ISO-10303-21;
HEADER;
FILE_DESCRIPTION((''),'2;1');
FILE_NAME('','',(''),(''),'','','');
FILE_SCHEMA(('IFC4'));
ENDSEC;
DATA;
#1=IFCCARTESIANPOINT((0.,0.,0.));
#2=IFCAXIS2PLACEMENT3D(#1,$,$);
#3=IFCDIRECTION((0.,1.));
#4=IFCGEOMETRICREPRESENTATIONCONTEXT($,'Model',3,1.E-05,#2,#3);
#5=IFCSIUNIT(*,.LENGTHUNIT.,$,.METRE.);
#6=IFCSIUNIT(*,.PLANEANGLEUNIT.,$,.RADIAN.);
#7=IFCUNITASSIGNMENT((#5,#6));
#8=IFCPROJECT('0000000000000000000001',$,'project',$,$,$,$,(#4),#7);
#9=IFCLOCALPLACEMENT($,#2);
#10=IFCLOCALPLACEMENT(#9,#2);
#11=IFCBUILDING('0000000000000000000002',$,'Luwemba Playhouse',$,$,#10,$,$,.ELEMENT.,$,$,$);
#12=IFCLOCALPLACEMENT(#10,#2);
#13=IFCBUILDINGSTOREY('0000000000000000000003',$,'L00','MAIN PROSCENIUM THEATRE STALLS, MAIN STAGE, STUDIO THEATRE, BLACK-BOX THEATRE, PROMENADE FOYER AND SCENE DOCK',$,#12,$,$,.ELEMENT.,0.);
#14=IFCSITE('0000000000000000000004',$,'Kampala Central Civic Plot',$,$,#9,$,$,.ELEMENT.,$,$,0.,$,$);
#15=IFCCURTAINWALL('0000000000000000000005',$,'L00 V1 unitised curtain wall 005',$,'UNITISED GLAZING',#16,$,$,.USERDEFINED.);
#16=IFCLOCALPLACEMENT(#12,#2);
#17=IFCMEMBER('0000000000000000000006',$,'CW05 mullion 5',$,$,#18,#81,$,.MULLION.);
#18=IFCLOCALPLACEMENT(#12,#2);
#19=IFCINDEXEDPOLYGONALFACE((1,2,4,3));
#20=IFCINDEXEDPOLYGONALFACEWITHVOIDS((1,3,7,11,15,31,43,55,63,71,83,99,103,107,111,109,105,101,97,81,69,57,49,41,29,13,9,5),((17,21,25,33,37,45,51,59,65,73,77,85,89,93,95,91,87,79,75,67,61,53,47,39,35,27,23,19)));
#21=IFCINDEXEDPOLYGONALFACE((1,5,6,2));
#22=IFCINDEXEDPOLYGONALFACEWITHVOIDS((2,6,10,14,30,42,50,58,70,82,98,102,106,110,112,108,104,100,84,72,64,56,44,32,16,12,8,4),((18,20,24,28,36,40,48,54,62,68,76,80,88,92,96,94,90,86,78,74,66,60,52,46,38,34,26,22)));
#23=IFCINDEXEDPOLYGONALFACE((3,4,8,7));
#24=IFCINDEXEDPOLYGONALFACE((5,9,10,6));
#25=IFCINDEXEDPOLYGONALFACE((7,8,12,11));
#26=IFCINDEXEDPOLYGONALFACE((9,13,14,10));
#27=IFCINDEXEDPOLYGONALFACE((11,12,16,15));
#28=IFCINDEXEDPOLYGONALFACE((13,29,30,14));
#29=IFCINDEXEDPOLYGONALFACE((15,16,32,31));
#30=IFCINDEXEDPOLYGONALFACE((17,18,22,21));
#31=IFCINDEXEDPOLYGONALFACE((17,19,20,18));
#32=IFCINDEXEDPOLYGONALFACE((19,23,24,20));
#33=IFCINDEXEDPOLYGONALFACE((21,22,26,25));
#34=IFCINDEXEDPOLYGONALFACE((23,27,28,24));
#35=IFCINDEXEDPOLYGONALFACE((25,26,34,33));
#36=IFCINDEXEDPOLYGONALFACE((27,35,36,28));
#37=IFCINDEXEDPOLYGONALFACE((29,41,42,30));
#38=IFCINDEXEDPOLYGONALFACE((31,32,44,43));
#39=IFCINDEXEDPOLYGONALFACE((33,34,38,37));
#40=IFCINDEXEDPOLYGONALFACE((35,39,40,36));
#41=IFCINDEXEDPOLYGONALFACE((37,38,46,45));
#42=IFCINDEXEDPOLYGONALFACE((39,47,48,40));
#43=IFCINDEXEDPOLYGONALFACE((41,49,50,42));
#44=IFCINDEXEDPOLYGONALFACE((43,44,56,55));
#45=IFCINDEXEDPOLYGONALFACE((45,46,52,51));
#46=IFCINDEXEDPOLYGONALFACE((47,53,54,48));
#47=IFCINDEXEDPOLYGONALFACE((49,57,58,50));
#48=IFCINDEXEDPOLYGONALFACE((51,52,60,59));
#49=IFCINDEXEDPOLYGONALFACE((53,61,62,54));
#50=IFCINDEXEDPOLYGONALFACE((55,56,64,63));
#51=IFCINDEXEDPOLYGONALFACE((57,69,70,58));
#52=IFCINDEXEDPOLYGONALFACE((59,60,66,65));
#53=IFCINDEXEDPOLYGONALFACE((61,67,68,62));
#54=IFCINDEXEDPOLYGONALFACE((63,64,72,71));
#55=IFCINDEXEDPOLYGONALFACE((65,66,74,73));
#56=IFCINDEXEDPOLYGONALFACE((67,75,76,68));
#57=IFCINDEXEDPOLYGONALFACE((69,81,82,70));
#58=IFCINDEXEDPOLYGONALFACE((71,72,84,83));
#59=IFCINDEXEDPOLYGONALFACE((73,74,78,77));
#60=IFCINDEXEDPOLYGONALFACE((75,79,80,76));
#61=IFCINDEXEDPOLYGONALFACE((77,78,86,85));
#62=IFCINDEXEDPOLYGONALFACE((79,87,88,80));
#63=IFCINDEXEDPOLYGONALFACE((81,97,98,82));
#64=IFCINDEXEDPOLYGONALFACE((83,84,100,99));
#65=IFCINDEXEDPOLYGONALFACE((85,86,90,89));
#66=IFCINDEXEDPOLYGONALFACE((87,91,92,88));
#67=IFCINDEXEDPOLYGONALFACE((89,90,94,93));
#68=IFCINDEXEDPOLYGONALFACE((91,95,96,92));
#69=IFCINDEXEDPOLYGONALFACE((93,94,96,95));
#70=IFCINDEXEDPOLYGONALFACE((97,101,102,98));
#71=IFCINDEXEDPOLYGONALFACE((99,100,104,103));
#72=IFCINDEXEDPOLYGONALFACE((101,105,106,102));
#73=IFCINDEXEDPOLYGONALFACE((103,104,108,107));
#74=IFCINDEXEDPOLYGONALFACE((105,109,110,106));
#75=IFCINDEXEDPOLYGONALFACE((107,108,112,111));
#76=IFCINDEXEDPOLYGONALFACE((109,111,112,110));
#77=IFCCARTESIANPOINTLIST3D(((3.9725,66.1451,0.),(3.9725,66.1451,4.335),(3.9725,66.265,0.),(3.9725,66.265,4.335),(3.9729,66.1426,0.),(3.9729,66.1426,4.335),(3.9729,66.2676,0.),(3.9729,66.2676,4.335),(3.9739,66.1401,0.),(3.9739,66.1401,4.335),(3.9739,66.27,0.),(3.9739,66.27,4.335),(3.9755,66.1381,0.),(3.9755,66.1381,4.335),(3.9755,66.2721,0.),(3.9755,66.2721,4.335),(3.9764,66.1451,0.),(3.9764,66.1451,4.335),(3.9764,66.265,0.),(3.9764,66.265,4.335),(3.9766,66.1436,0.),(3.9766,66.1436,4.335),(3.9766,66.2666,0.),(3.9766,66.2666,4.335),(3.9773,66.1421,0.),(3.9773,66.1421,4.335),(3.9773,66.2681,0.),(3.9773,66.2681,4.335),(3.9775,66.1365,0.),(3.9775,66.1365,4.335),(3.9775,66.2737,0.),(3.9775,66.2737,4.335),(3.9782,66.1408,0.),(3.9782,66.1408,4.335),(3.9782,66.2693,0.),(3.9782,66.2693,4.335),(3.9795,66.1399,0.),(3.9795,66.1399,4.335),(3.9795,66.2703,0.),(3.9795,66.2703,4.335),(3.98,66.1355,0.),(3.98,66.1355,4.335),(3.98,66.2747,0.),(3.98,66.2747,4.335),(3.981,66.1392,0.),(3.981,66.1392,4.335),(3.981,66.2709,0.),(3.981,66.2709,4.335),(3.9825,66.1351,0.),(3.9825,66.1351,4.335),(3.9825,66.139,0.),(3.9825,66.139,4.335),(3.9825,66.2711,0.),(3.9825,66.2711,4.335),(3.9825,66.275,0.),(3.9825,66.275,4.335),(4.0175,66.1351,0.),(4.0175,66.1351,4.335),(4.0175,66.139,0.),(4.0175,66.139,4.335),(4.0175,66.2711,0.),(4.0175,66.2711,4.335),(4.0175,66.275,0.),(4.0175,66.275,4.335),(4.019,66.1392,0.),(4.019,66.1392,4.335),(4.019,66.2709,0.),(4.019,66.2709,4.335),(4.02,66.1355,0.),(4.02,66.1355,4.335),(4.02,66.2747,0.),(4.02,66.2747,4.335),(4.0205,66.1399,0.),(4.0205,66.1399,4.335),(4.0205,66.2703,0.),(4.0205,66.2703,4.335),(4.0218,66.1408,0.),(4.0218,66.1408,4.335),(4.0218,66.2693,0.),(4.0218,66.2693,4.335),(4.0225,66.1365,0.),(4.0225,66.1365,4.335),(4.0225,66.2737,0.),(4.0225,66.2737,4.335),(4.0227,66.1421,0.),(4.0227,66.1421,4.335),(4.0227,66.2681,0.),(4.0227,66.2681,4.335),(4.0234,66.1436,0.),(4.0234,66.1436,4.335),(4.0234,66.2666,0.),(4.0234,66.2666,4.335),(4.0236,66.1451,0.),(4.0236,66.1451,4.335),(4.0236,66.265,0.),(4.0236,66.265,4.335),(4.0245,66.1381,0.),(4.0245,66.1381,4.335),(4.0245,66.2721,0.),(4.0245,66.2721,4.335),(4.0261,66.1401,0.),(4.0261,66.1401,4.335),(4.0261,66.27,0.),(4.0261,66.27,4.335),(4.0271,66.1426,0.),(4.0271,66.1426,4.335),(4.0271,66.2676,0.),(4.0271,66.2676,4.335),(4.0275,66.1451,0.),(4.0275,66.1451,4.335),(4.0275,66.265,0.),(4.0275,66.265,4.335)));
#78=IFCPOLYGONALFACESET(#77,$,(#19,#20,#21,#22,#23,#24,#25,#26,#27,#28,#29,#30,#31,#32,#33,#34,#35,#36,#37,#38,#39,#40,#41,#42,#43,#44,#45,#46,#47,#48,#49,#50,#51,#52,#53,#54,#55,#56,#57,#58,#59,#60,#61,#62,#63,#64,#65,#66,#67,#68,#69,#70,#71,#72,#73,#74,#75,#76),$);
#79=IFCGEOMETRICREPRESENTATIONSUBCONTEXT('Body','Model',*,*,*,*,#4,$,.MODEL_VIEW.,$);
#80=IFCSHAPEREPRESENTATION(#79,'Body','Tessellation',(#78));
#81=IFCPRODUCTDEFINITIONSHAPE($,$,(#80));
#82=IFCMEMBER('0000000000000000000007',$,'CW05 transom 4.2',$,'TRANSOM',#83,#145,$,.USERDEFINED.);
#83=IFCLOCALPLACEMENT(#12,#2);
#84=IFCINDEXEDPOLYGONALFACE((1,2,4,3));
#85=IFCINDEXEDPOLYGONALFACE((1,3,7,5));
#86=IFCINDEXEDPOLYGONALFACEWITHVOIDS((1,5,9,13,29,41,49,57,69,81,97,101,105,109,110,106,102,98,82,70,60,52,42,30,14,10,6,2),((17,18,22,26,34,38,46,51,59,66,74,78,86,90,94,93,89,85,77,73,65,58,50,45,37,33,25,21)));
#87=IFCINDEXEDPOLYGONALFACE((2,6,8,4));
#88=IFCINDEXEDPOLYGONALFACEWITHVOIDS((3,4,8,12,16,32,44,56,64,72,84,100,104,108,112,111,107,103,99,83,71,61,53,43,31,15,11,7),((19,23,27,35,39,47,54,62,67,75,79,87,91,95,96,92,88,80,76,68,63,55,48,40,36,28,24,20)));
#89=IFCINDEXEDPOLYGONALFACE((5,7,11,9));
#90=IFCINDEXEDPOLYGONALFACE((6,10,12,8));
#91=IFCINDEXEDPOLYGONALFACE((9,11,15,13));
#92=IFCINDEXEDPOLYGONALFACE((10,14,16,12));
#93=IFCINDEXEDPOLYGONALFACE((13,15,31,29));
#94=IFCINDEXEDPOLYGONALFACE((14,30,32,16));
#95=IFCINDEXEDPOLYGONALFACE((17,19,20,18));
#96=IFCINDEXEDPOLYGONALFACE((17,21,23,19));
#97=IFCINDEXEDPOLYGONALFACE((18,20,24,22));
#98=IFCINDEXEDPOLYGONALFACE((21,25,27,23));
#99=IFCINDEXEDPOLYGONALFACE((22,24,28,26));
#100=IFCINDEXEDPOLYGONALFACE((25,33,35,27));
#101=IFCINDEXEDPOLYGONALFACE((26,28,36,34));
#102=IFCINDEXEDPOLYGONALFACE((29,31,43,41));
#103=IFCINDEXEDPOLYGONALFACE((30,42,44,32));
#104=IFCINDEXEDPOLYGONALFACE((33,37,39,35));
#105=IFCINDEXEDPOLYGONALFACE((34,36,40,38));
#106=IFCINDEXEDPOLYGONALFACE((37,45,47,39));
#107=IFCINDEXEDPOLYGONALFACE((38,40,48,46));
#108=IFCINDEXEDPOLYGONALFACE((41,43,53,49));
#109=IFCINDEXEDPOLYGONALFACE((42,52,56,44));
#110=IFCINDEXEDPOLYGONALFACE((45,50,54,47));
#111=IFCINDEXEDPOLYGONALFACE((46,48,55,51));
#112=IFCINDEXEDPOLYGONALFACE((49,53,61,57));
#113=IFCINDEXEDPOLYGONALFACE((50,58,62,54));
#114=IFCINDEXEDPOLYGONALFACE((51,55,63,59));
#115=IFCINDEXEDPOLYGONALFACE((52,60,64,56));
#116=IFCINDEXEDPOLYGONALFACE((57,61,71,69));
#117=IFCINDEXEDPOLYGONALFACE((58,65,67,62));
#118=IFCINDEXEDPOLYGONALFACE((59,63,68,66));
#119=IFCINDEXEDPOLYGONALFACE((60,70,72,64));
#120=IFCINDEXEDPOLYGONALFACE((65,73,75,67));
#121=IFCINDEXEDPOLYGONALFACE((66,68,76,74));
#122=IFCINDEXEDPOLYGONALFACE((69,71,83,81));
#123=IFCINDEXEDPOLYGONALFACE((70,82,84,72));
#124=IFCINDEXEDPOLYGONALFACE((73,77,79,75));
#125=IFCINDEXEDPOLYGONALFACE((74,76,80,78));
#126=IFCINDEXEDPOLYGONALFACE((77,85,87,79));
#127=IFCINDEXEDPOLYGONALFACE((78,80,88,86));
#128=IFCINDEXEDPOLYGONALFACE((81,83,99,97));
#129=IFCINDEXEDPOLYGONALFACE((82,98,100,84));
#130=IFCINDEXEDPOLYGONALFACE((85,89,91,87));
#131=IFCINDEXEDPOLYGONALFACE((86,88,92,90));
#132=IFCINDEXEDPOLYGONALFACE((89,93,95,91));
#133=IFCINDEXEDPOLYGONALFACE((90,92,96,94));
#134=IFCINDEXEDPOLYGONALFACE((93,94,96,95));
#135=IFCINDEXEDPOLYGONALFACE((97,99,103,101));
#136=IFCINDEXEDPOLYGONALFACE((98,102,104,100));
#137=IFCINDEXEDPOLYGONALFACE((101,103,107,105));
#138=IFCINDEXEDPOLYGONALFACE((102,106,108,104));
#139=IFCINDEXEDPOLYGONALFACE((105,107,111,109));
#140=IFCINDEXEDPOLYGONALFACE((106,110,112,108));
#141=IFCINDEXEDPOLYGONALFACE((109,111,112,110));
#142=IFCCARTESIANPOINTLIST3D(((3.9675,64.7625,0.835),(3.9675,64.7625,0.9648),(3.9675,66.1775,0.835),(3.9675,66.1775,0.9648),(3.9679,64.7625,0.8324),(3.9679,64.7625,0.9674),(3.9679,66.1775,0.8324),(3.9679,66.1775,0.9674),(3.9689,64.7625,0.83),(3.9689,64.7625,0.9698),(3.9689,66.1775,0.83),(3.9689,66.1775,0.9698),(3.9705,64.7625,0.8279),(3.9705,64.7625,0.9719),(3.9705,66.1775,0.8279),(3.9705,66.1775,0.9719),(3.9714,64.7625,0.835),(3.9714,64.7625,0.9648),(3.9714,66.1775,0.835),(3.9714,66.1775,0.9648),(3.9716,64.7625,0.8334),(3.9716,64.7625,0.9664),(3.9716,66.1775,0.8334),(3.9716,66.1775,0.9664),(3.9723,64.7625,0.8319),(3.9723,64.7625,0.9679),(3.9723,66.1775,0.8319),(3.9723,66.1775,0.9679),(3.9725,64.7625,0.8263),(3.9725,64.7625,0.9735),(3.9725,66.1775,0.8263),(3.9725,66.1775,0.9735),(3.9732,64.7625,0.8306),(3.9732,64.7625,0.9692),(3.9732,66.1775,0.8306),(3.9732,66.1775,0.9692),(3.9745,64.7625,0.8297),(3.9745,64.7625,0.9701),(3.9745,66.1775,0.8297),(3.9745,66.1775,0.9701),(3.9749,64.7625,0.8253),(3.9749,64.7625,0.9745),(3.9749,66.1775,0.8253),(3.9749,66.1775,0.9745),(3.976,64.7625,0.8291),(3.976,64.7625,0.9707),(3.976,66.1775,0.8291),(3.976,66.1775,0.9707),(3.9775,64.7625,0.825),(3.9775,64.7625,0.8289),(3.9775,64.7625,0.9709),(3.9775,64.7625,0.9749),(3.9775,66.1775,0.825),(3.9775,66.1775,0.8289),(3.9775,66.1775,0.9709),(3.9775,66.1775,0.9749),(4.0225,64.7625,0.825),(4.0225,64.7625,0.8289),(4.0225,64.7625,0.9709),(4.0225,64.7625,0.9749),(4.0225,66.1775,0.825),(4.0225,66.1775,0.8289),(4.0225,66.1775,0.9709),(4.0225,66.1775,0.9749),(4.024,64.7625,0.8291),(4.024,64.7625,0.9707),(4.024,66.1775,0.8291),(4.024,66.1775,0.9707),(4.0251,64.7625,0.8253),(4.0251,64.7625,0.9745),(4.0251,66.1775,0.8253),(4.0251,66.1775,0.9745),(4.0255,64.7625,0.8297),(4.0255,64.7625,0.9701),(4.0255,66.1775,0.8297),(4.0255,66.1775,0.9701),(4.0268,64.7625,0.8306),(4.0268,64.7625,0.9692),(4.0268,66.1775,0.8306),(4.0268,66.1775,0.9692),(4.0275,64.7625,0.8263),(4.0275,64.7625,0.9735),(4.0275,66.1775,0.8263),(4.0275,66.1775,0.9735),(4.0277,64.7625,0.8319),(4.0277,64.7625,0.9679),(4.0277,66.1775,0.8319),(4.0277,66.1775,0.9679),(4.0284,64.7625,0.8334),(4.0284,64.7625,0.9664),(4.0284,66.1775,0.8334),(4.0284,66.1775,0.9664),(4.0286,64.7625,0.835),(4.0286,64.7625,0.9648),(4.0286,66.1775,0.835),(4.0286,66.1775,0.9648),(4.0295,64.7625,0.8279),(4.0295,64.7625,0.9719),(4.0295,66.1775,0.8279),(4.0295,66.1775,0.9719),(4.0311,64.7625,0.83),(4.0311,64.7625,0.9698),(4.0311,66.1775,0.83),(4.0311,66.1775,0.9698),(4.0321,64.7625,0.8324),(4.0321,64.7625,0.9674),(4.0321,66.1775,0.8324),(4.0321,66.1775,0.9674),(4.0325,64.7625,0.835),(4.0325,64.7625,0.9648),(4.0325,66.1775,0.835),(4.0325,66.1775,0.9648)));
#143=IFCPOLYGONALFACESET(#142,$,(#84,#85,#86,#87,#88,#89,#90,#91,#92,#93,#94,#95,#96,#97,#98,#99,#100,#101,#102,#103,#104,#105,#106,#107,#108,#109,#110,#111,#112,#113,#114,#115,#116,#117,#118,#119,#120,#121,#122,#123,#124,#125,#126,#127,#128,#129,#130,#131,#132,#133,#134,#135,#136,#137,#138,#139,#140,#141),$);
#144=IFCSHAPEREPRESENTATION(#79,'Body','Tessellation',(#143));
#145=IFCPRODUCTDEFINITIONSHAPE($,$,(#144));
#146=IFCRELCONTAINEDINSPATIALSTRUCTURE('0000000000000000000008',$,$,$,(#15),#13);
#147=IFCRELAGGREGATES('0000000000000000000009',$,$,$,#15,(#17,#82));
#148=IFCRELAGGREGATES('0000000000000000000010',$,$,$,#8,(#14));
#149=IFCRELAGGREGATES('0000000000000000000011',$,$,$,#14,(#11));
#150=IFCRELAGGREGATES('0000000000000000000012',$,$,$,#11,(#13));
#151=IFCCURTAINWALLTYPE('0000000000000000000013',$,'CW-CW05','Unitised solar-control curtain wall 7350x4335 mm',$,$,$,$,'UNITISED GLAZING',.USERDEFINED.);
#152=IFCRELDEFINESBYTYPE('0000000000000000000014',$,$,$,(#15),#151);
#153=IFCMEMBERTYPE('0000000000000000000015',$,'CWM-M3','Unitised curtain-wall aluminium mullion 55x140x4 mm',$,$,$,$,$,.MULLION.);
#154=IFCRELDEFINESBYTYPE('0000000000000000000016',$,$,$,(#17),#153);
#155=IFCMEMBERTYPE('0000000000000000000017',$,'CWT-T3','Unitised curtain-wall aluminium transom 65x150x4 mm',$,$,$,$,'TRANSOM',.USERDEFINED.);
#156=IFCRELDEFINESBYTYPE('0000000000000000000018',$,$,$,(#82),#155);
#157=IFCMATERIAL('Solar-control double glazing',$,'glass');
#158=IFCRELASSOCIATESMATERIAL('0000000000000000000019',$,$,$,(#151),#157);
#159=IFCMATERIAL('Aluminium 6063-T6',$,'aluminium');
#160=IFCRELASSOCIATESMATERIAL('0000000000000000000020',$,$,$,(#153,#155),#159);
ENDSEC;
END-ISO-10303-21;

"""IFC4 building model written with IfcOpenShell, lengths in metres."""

from ifc_helpers import new_model, si_unit, direction, frame, origin, origin_2d, place, context, subcontext, project, spatial, hollow_rectangle, extrude, material, material_profile, profile_set, type_object, element, aggregate, save


model = new_model("IFC4")

# Units and contexts
model_context = context("Model", 3, precision=1e-05, world=origin(), true_north=direction((0.0, 1.0)))
body_context = subcontext(model_context, "Body", "Model", "MODEL_VIEW")
ifc_project = project(units=[si_unit("LENGTHUNIT", "METRE"), si_unit("PLANEANGLEUNIT", "RADIAN")], contexts=[model_context])

# Site, building, storey
site_placement = place(None, origin())
site = spatial("IfcSite", under=ifc_project, at=site_placement, Name="Kampala Central Civic Plot", CompositionType="ELEMENT", RefElevation=0.0)
building_placement = place(site_placement, origin())
building = spatial("IfcBuilding", under=site, at=building_placement, Name="Luwemba Playhouse", CompositionType="ELEMENT")
storey_placement = place(building_placement, origin())
storey = spatial("IfcBuildingStorey", under=building, at=storey_placement, Name="L00", Description="MAIN PROSCENIUM THEATRE STALLS, MAIN STAGE, STUDIO THEATRE, BLACK-BOX THEATRE, PROMENADE FOYER AND SCENE DOCK", CompositionType="ELEMENT", Elevation=0.0)

# Curtain wall, members
ifc_material_1 = material(Name="Solar-control double glazing", Category="glass")
curtain_wall_type = type_object("IfcCurtainWallType", Name="CW-CW05", Description="Unitised solar-control curtain wall 7350x4335 mm", ElementType="UNITISED GLAZING", PredefinedType="USERDEFINED", material=ifc_material_1)
curtain_wall_placement = place(storey_placement, origin())
curtain_wall = element("IfcCurtainWall", 1, at=curtain_wall_placement, inside=storey, type_object=curtain_wall_type, Name="L00 V1 unitised curtain wall 005", ObjectType="UNITISED GLAZING", PredefinedType="USERDEFINED")
ifc_material_2 = material(Name="Aluminium 6063-T6", Category="aluminium")
ifc_material_profile_1 = material_profile(ifc_material_2, hollow_rectangle(XDim=0.0549, YDim=0.1399, WallThickness=0.0039, InnerFilletRadius=0.0061, OuterFilletRadius=0.01, at=origin_2d()))
ifc_profile_set_1 = profile_set([ifc_material_profile_1], Name="Aluminium 6063-T6")
member_type_1 = type_object("IfcMemberType", Name="CWM-M3", Description="Unitised curtain-wall aluminium mullion 55x140x4 mm", PredefinedType="MULLION", material=ifc_profile_set_1)
member_1_placement = place(storey_placement, frame((4.0, 66.2051, 0.0), z_axis=(0.0, 0.0, 1.0), x_axis=(-1.0, 0.0, 0.0)))
member_1 = element("IfcMember", 2, at=member_1_placement, type_object=member_type_1, Name="CW05 mullion 5", PredefinedType="MULLION", context=body_context, shape_type="SweptSolid", body=[
    extrude(hollow_rectangle(XDim=0.0549, YDim=0.1399, WallThickness=0.0039, InnerFilletRadius=0.0061, OuterFilletRadius=0.01, at=origin_2d()), origin(), (0.0, 0.0, 1.0), 4.335),
])
ifc_material_profile_2 = material_profile(ifc_material_2, hollow_rectangle(XDim=0.0649, YDim=0.1499, WallThickness=0.0039, InnerFilletRadius=0.0061, OuterFilletRadius=0.01, at=origin_2d()))
ifc_profile_set_2 = profile_set([ifc_material_profile_2], Name="Aluminium 6063-T6")
member_type_2 = type_object("IfcMemberType", Name="CWT-T3", Description="Unitised curtain-wall aluminium transom 65x150x4 mm", ElementType="TRANSOM", PredefinedType="USERDEFINED", material=ifc_profile_set_2)
member_2_placement = place(storey_placement, frame((4.0, 64.7625, 0.8999), z_axis=(0.0, 1.0, 0.0), x_axis=(-1.0, 0.0, 0.0)))
member_2 = element("IfcMember", 3, at=member_2_placement, type_object=member_type_2, Name="CW05 transom 4.2", ObjectType="TRANSOM", PredefinedType="USERDEFINED", context=body_context, shape_type="SweptSolid", body=[
    extrude(hollow_rectangle(XDim=0.0649, YDim=0.1499, WallThickness=0.0039, InnerFilletRadius=0.0061, OuterFilletRadius=0.01, at=origin_2d()), origin(), (0.0, 0.0, 1.0), 1.415),
])
aggregate(curtain_wall, [member_1, member_2])

save(model, "model.ifc")
